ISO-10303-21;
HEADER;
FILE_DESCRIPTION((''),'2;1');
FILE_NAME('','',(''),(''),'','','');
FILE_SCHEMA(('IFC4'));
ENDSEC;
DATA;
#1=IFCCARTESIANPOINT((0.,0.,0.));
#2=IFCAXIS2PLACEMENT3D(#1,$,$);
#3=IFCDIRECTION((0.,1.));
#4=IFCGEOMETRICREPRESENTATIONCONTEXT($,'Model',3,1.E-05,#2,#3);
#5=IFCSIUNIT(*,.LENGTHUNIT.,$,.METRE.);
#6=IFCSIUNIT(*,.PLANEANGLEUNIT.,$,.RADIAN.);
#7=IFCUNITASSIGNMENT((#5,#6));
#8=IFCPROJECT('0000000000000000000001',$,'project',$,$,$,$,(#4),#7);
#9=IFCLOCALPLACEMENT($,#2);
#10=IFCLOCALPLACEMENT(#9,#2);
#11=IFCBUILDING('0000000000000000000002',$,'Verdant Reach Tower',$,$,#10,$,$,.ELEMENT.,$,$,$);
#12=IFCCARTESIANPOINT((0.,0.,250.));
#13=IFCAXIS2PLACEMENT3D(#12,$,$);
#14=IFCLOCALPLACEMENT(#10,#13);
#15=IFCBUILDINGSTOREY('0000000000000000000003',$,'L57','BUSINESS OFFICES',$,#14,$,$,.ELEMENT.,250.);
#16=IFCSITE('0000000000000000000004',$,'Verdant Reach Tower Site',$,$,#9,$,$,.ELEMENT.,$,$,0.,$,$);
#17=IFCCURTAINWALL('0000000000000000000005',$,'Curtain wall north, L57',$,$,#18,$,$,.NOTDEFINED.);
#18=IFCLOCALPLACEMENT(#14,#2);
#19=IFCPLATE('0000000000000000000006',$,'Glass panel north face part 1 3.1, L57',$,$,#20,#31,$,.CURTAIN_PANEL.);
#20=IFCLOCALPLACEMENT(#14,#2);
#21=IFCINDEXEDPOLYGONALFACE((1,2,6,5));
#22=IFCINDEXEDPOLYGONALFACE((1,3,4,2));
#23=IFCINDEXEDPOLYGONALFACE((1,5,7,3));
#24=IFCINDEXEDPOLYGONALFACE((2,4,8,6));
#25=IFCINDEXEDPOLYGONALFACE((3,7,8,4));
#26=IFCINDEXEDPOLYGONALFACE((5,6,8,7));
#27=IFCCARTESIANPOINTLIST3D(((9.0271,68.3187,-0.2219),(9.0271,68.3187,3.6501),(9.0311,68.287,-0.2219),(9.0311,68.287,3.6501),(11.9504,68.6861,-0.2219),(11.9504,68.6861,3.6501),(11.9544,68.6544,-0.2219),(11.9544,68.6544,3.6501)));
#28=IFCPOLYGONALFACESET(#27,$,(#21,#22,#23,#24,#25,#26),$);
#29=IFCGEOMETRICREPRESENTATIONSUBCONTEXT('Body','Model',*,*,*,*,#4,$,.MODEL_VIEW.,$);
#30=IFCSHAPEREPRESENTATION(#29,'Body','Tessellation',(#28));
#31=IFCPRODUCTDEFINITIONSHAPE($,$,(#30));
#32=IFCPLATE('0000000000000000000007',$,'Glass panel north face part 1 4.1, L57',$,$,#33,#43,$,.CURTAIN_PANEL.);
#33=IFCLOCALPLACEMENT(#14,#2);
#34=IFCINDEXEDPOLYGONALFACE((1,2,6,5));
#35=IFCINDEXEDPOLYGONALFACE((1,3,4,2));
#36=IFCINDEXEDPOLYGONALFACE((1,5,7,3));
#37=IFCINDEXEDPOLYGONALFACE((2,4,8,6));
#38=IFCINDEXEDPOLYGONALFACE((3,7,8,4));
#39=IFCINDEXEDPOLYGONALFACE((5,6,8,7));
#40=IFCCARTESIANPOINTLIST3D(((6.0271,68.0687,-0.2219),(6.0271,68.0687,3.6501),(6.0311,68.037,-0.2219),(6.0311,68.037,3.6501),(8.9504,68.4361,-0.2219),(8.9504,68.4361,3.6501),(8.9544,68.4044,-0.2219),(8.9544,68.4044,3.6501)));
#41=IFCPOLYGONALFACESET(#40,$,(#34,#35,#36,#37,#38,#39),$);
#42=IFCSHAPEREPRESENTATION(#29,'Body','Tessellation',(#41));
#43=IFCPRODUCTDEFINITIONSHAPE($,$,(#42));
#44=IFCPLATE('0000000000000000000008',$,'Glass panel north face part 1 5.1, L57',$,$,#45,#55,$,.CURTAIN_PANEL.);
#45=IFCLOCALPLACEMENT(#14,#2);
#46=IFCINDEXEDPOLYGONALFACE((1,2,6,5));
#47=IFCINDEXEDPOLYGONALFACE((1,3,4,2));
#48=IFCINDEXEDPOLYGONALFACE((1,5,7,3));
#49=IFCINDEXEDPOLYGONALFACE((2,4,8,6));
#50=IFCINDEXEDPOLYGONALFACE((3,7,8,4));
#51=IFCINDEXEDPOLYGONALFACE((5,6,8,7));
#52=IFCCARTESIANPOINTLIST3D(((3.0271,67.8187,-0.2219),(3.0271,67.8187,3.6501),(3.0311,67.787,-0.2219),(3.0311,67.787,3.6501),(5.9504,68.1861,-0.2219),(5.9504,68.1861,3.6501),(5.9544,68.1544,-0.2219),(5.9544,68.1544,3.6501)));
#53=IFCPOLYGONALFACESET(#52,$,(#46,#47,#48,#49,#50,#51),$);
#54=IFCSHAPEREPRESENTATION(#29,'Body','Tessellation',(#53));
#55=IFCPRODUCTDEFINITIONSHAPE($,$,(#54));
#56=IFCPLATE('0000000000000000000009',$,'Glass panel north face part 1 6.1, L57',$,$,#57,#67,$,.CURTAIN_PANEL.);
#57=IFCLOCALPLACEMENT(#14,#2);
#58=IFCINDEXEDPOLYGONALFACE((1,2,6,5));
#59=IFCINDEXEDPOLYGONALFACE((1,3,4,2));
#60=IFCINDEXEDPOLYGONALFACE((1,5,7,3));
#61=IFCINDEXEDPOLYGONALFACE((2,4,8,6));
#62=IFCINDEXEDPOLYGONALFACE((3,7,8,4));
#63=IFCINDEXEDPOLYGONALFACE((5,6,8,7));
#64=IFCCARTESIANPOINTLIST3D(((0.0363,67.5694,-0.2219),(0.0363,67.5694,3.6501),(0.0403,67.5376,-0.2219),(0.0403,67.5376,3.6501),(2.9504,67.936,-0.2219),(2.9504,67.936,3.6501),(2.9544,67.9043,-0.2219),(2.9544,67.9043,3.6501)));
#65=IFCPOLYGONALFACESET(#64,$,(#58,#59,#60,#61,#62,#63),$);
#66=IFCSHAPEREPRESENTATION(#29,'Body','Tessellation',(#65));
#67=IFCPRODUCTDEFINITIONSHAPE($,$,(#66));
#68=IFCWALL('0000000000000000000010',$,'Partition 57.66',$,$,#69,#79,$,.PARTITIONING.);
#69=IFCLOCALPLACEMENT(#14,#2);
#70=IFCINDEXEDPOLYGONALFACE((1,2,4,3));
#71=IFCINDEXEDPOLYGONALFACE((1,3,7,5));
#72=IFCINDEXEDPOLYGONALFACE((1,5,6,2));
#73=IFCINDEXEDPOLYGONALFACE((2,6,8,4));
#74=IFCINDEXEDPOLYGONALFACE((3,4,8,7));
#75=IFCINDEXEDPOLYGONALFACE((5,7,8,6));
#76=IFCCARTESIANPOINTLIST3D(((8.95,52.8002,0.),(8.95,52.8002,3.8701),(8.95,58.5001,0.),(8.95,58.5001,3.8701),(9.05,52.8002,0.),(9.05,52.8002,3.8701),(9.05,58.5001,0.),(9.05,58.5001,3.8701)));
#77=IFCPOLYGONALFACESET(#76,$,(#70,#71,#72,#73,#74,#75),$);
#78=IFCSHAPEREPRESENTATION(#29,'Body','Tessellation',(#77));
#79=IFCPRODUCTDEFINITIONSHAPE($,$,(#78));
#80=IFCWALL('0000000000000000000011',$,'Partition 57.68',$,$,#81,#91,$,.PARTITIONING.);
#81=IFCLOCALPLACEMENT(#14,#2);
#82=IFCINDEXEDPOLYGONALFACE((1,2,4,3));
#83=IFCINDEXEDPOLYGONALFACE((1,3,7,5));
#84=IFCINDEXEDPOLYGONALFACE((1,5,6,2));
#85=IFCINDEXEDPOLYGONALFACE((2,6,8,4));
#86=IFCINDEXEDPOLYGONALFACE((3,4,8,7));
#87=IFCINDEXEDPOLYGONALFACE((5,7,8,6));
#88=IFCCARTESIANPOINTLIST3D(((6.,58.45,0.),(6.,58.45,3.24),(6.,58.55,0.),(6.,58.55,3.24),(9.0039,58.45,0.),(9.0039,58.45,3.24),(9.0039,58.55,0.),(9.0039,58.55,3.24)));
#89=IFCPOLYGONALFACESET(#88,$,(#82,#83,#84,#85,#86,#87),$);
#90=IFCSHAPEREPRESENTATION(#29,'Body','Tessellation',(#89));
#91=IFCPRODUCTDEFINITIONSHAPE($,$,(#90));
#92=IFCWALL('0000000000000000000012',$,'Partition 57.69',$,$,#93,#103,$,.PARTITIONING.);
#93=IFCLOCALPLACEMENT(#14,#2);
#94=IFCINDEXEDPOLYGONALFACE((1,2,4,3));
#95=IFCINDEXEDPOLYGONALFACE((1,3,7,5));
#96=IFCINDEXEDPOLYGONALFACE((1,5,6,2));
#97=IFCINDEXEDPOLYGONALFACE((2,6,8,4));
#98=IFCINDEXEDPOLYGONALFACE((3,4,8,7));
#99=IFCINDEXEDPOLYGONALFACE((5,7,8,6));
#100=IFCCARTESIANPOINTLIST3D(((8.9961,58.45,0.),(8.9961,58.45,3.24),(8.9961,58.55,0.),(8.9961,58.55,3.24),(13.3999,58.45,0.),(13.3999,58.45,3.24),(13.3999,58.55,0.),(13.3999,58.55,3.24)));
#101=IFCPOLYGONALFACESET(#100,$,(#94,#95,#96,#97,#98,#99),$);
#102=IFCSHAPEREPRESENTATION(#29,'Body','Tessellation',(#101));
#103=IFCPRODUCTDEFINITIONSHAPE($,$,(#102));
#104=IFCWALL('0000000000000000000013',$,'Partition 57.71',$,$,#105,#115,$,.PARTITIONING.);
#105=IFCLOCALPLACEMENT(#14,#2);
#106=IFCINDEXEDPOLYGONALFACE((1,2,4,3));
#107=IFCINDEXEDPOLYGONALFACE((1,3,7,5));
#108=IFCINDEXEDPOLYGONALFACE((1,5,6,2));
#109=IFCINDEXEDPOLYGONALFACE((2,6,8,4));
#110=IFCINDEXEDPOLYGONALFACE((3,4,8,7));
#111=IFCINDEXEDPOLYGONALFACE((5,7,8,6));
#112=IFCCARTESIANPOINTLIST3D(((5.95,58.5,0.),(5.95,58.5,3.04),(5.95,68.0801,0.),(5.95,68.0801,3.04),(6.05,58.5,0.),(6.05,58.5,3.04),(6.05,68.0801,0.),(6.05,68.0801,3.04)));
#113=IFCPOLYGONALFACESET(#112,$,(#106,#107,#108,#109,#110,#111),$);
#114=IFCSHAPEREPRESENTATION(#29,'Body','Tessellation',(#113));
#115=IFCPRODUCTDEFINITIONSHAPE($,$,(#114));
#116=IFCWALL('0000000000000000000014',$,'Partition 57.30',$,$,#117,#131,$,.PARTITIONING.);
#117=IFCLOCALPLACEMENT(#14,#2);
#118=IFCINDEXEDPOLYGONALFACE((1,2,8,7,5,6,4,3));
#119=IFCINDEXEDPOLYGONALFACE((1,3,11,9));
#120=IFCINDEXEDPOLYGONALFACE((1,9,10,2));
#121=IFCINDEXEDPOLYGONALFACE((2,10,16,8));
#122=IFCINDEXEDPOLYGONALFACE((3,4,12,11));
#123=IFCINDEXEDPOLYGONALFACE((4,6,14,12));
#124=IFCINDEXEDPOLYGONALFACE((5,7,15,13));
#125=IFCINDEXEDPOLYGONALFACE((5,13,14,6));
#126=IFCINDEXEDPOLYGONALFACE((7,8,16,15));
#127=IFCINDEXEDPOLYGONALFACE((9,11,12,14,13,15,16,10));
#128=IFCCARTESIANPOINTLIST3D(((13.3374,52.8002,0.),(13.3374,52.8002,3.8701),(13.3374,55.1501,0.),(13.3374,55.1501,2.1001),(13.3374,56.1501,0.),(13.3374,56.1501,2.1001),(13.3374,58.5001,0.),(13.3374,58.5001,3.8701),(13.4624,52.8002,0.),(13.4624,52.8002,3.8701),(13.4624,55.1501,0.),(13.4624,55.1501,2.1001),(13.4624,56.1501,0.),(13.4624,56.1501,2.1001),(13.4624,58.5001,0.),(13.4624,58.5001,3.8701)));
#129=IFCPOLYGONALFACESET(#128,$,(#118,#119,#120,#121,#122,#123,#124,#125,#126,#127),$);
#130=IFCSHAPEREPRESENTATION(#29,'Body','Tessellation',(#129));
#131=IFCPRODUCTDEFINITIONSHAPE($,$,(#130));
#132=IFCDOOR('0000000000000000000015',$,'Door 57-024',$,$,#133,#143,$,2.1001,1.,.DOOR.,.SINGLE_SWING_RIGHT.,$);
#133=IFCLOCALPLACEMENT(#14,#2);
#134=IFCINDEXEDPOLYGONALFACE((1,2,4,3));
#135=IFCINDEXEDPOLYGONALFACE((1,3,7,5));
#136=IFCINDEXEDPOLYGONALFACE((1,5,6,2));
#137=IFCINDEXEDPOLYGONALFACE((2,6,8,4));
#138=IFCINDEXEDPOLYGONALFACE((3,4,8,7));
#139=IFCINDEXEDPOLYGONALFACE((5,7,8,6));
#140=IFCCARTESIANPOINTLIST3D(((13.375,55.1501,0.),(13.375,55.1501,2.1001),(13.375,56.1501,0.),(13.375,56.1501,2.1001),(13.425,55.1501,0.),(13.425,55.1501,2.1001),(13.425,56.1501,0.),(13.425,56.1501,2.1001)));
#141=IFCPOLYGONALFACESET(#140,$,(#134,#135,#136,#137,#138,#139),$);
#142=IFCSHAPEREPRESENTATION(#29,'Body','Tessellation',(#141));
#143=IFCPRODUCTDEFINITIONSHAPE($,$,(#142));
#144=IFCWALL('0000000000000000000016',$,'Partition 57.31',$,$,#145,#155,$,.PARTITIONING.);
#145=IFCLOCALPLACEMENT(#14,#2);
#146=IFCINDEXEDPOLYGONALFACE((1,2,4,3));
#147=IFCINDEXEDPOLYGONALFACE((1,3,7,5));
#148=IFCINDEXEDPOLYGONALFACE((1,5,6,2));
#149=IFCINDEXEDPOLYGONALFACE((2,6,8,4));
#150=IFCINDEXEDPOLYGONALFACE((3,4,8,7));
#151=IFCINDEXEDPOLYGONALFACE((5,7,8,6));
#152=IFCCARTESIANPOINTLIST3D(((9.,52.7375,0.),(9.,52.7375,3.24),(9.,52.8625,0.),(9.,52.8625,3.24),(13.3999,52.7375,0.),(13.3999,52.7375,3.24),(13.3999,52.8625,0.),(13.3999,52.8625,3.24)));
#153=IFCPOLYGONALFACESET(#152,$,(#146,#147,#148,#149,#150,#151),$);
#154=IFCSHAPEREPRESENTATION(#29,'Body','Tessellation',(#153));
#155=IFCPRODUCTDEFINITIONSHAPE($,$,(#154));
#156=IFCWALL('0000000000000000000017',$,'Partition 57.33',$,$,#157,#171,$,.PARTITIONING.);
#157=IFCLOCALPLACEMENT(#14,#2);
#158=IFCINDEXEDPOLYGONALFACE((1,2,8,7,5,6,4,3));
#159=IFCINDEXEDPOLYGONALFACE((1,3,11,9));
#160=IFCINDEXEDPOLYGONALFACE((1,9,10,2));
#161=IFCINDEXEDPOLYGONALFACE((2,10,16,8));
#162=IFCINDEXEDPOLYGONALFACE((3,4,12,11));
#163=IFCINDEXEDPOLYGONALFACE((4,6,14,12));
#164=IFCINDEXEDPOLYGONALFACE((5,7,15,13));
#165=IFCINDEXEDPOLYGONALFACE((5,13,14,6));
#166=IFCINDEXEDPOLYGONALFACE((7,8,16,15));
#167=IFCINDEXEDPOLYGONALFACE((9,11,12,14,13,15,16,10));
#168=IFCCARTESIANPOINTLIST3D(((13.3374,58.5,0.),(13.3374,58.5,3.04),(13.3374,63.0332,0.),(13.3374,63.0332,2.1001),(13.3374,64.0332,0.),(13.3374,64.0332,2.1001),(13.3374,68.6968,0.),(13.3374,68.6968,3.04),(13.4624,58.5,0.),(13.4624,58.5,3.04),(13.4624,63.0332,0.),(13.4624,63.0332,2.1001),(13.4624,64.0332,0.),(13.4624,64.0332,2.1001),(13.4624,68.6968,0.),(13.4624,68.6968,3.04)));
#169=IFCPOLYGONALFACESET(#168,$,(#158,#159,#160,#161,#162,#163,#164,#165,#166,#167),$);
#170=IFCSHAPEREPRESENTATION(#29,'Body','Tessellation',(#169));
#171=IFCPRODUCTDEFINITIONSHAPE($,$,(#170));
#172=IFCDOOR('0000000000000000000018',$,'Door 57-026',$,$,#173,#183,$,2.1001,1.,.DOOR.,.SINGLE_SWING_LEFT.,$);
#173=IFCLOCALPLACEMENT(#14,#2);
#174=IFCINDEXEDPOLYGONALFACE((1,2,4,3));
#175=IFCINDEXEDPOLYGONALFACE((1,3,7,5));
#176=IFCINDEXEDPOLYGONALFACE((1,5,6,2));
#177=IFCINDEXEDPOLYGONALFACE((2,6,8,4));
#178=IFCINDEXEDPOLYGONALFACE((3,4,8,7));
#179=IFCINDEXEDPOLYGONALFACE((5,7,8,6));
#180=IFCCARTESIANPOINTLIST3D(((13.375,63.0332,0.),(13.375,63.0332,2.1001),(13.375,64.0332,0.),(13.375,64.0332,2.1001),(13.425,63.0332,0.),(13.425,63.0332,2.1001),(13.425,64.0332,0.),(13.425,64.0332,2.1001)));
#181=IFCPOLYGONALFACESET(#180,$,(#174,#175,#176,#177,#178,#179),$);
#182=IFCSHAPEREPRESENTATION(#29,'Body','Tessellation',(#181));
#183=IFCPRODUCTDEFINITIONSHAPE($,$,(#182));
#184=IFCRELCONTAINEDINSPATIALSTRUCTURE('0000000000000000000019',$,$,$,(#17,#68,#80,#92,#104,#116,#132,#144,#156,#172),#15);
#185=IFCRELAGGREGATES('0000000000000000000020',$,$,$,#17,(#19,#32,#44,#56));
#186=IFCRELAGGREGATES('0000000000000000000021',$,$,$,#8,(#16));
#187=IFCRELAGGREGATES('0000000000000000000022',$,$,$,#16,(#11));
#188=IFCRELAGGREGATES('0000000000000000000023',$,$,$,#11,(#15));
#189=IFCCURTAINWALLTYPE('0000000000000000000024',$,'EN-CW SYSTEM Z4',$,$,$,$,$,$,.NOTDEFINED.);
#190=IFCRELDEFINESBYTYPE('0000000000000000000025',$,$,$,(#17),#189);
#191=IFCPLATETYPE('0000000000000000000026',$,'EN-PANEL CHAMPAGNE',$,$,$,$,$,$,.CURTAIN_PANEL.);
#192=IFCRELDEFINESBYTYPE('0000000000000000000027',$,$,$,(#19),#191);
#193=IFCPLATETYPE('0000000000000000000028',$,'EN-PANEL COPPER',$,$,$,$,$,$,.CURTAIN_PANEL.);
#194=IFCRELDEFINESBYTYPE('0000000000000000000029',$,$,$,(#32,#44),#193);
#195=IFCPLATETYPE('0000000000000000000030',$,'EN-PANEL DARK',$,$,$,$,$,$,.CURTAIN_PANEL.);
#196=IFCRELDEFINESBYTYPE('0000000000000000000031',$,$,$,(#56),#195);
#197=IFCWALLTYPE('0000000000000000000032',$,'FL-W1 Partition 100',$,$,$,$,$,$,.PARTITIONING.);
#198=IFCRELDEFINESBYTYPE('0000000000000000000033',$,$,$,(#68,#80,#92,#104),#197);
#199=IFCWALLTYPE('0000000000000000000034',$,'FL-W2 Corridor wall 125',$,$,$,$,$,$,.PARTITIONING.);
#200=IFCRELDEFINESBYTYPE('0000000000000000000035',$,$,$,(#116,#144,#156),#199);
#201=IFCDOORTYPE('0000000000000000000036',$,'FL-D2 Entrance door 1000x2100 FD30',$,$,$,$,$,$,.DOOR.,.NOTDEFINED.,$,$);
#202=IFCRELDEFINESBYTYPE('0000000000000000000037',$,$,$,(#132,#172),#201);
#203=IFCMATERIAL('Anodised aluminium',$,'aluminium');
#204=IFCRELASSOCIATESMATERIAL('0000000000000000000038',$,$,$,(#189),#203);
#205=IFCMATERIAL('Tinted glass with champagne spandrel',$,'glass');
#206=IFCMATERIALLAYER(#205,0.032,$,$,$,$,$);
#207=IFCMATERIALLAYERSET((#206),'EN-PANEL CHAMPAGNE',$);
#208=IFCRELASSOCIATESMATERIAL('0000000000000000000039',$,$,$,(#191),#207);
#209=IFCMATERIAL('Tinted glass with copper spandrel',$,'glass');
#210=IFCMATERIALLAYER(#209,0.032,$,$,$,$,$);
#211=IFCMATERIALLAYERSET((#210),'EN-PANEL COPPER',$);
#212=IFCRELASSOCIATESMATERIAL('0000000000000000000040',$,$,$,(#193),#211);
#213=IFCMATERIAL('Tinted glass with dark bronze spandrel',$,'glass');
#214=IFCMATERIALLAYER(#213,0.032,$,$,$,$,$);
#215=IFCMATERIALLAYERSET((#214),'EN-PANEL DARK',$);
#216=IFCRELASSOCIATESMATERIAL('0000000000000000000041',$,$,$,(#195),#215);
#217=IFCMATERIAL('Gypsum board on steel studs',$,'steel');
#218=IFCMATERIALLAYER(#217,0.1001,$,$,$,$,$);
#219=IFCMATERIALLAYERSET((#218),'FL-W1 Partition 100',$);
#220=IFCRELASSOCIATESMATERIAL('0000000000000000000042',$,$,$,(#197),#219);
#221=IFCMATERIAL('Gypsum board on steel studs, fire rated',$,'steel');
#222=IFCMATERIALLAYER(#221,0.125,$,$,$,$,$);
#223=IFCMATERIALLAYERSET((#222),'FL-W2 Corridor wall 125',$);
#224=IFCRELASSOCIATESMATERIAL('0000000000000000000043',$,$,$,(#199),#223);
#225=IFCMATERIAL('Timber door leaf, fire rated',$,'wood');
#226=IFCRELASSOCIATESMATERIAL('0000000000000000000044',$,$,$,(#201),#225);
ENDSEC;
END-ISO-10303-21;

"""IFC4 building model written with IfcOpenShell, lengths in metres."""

from ifc_helpers import new_model, si_unit, direction, frame, frame_2d, origin, origin_2d, place, context, subcontext, project, spatial, rectangle, extrude, material, layer, layer_set, type_object, element, fill, aggregate, save


model = new_model("IFC4")

# Units and contexts
model_context = context("Model", 3, precision=1e-05, world=origin(), true_north=direction((0.0, 1.0)))
body_context = subcontext(model_context, "Body", "Model", "MODEL_VIEW")
ifc_project = project(units=[si_unit("LENGTHUNIT", "METRE"), si_unit("PLANEANGLEUNIT", "RADIAN")], contexts=[model_context])

# Site, building, storey
site_placement = place(None, origin())
site = spatial("IfcSite", under=ifc_project, at=site_placement, Name="Verdant Reach Tower Site", CompositionType="ELEMENT", RefElevation=0.0)
building_placement = place(site_placement, origin())
building = spatial("IfcBuilding", under=site, at=building_placement, Name="Verdant Reach Tower", CompositionType="ELEMENT")
storey_placement = place(building_placement, frame((0.0, 0.0, 250.0)))
storey = spatial("IfcBuildingStorey", under=building, at=storey_placement, Name="L57", Description="BUSINESS OFFICES", CompositionType="ELEMENT", Elevation=250.0)

# Curtain wall
ifc_material_1 = material(Name="Anodised aluminium", Category="aluminium")
curtain_wall_type = type_object("IfcCurtainWallType", Name="EN-CW SYSTEM Z4", PredefinedType="NOTDEFINED", material=ifc_material_1)
curtain_wall_placement = place(storey_placement, origin())
curtain_wall = element("IfcCurtainWall", 1, at=curtain_wall_placement, inside=storey, type_object=curtain_wall_type, Name="Curtain wall north, L57", PredefinedType="NOTDEFINED")

# Plates
ifc_material_2 = material(Name="Tinted glass with champagne spandrel", Category="glass")
ifc_layer_1 = layer(ifc_material_2, 0.032)
ifc_layer_set_1 = layer_set([ifc_layer_1], Name="EN-PANEL CHAMPAGNE")
plate_type_1 = type_object("IfcPlateType", Name="EN-PANEL CHAMPAGNE", PredefinedType="CURTAIN_PANEL", material=ifc_layer_set_1)
plate_1_placement = place(storey_placement, frame((10.4907, 68.4866, -0.2219), z_axis=(0.0, 0.0, 1.0), x_axis=(-0.992194, -0.124704, 0.0)))
plate_1 = element("IfcPlate", 2, at=plate_1_placement, type_object=plate_type_1, Name="Glass panel north face part 1 3.1, L57", PredefinedType="CURTAIN_PANEL", context=body_context, shape_type="SweptSolid", body=[
    extrude(rectangle(XDim=2.9463, YDim=0.032, at=origin_2d()), origin(), (0.0, 0.0, 1.0), 3.8721),
])
ifc_material_3 = material(Name="Tinted glass with copper spandrel", Category="glass")
ifc_layer_2 = layer(ifc_material_3, 0.032)
ifc_layer_set_2 = layer_set([ifc_layer_2], Name="EN-PANEL COPPER")
plate_type_2 = type_object("IfcPlateType", Name="EN-PANEL COPPER", PredefinedType="CURTAIN_PANEL", material=ifc_layer_set_2)
plate_2_placement = place(storey_placement, frame((7.4907, 68.2366, -0.2219), z_axis=(0.0, 0.0, 1.0), x_axis=(-0.992194, -0.124704, 0.0)))
plate_2 = element("IfcPlate", 3, at=plate_2_placement, type_object=plate_type_2, Name="Glass panel north face part 1 4.1, L57", PredefinedType="CURTAIN_PANEL", context=body_context, shape_type="SweptSolid", body=[
    extrude(rectangle(XDim=2.9463, YDim=0.032, at=origin_2d()), origin(), (0.0, 0.0, 1.0), 3.8721),
])
plate_3_placement = place(storey_placement, frame((4.4907, 67.9866, -0.2219), z_axis=(0.0, 0.0, 1.0), x_axis=(-0.992194, -0.124704, 0.0)))
plate_3 = element("IfcPlate", 4, at=plate_3_placement, type_object=plate_type_2, Name="Glass panel north face part 1 5.1, L57", PredefinedType="CURTAIN_PANEL", context=body_context, shape_type="SweptSolid", body=[
    extrude(rectangle(XDim=2.9463, YDim=0.032, at=origin_2d()), origin(), (0.0, 0.0, 1.0), 3.8721),
])
ifc_material_4 = material(Name="Tinted glass with dark bronze spandrel", Category="glass")
ifc_layer_3 = layer(ifc_material_4, 0.032)
ifc_layer_set_3 = layer_set([ifc_layer_3], Name="EN-PANEL DARK")
plate_type_3 = type_object("IfcPlateType", Name="EN-PANEL DARK", PredefinedType="CURTAIN_PANEL", material=ifc_layer_set_3)
plate_4_placement = place(storey_placement, frame((1.4954, 67.7368, -0.2219), z_axis=(0.0, 0.0, 1.0), x_axis=(-0.992178, -0.124832, 0.0)))
plate_4 = element("IfcPlate", 5, at=plate_4_placement, type_object=plate_type_3, Name="Glass panel north face part 1 6.1, L57", PredefinedType="CURTAIN_PANEL", context=body_context, shape_type="SweptSolid", body=[
    extrude(rectangle(XDim=2.937, YDim=0.032, at=origin_2d()), origin(), (0.0, 0.0, 1.0), 3.8721),
])
aggregate(curtain_wall, [plate_1, plate_2, plate_3, plate_4])

# Walls
ifc_material_5 = material(Name="Gypsum board on steel studs", Category="steel")
ifc_layer_4 = layer(ifc_material_5, 0.1001)
ifc_layer_set_4 = layer_set([ifc_layer_4], Name="FL-W1 Partition 100")
wall_type_1 = type_object("IfcWallType", Name="FL-W1 Partition 100", PredefinedType="PARTITIONING", material=ifc_layer_set_4)
wall_1_placement = place(storey_placement, frame((9.0, 52.8, 0.0), z_axis=(0.0, 0.0, 1.0), x_axis=(0.0, 1.0, 0.0)))
element("IfcWall", 6, at=wall_1_placement, inside=storey, type_object=wall_type_1, Name="Partition 57.66", PredefinedType="PARTITIONING", context=body_context, shape_type="SweptSolid", body=[
    extrude(rectangle(XDim=5.7, YDim=0.1001, at=frame_2d((2.8501, 0.0))), origin(), (0.0, 0.0, 1.0), 3.8701),
])
wall_2_placement = place(storey_placement, frame((9.0039, 58.5, 0.0), z_axis=(0.0, 0.0, 1.0), x_axis=(-1.0, 0.0, 0.0)))
element("IfcWall", 7, at=wall_2_placement, inside=storey, type_object=wall_type_1, Name="Partition 57.68", PredefinedType="PARTITIONING", context=body_context, shape_type="SweptSolid", body=[
    extrude(rectangle(XDim=3.0039, YDim=0.1001, at=frame_2d((1.502, 0.0))), origin(), (0.0, 0.0, 1.0), 3.24),
])
wall_3_placement = place(storey_placement, frame((13.3999, 58.5, 0.0), z_axis=(0.0, 0.0, 1.0), x_axis=(-1.0, 0.0, 0.0)))
element("IfcWall", 8, at=wall_3_placement, inside=storey, type_object=wall_type_1, Name="Partition 57.69", PredefinedType="PARTITIONING", context=body_context, shape_type="SweptSolid", body=[
    extrude(rectangle(XDim=4.4038, YDim=0.1001, at=frame_2d((2.2019, 0.0))), origin(), (0.0, 0.0, 1.0), 3.24),
])
wall_4_placement = place(storey_placement, frame((6.0, 58.5, 0.0), z_axis=(0.0, 0.0, 1.0), x_axis=(0.0, 1.0, 0.0)))
element("IfcWall", 9, at=wall_4_placement, inside=storey, type_object=wall_type_1, Name="Partition 57.71", PredefinedType="PARTITIONING", context=body_context, shape_type="SweptSolid", body=[
    extrude(rectangle(XDim=9.5801, YDim=0.1001, at=frame_2d((4.79, 0.0))), origin(), (0.0, 0.0, 1.0), 3.04),
])

# Wall, opening, door
ifc_material_6 = material(Name="Gypsum board on steel studs, fire rated", Category="steel")
ifc_layer_5 = layer(ifc_material_6, 0.125)
ifc_layer_set_5 = layer_set([ifc_layer_5], Name="FL-W2 Corridor wall 125")
wall_type_2 = type_object("IfcWallType", Name="FL-W2 Corridor wall 125", PredefinedType="PARTITIONING", material=ifc_layer_set_5)
wall_5_placement = place(storey_placement, frame((13.3999, 52.8, 0.0), z_axis=(0.0, 0.0, 1.0), x_axis=(0.0, 1.0, 0.0)))
wall_5 = element("IfcWall", 10, at=wall_5_placement, inside=storey, type_object=wall_type_2, Name="Partition 57.30", PredefinedType="PARTITIONING", context=body_context, shape_type="SweptSolid", body=[
    extrude(rectangle(XDim=5.7, YDim=0.125, at=frame_2d((2.8501, 0.0))), origin(), (0.0, 0.0, 1.0), 3.8701),
])
opening_1_placement = place(wall_5_placement, frame((2.3501, 0.0, 0.0)))
opening_1 = element("IfcOpeningElement", 11, at=opening_1_placement, cuts=wall_5, PredefinedType="OPENING", context=body_context, shape_type="SweptSolid", body=[
    extrude(rectangle(XDim=1.0, YDim=2.1001, at=frame_2d((0.5, 1.05))), frame((0.0, 0.0725, 0.0), z_axis=(0.0, -1.0, 0.0), x_axis=(1.0, 0.0, 0.0)), (0.0, 0.0, 1.0), 0.145),
])
ifc_material_7 = material(Name="Timber door leaf, fire rated", Category="wood")
door_type = type_object("IfcDoorType", Name="FL-D2 Entrance door 1000x2100 FD30", OperationType="NOTDEFINED", PredefinedType="DOOR", material=ifc_material_7)
door_1_placement = place(opening_1_placement, origin())
door_1 = element("IfcDoor", 12, at=door_1_placement, inside=storey, type_object=door_type, Name="Door 57-024", OperationType="SINGLE_SWING_RIGHT", OverallHeight=2.1001, OverallWidth=1.0, PredefinedType="DOOR", context=body_context, shape_type="SweptSolid", body=[
    extrude(rectangle(XDim=1.0, YDim=2.1001, at=frame_2d((0.5, 1.05))), frame((0.0, 0.0249, 0.0), z_axis=(0.0, -1.0, 0.0), x_axis=(1.0, 0.0, 0.0)), (0.0, 0.0, 1.0), 0.05),
])
fill(opening_1, door_1)

# Wall
wall_6_placement = place(storey_placement, frame((13.3999, 52.8, 0.0), z_axis=(0.0, 0.0, 1.0), x_axis=(-1.0, 0.0, 0.0)))
element("IfcWall", 13, at=wall_6_placement, inside=storey, type_object=wall_type_2, Name="Partition 57.31", PredefinedType="PARTITIONING", context=body_context, shape_type="SweptSolid", body=[
    extrude(rectangle(XDim=4.3999, YDim=0.125, at=frame_2d((2.2, 0.0))), origin(), (0.0, 0.0, 1.0), 3.24),
])

# Wall, opening, door
wall_7_placement = place(storey_placement, frame((13.3999, 58.5, 0.0), z_axis=(0.0, 0.0, 1.0), x_axis=(0.0, 1.0, 0.0)))
wall_7 = element("IfcWall", 14, at=wall_7_placement, inside=storey, type_object=wall_type_2, Name="Partition 57.33", PredefinedType="PARTITIONING", context=body_context, shape_type="SweptSolid", body=[
    extrude(rectangle(XDim=10.1968, YDim=0.125, at=frame_2d((5.0984, 0.0))), origin(), (0.0, 0.0, 1.0), 3.04),
])
opening_2_placement = place(wall_7_placement, frame((4.5332, 0.0, 0.0)))
opening_2 = element("IfcOpeningElement", 15, at=opening_2_placement, cuts=wall_7, PredefinedType="OPENING", context=body_context, shape_type="SweptSolid", body=[
    extrude(rectangle(XDim=1.0, YDim=2.1001, at=frame_2d((0.5, 1.05))), frame((0.0, 0.0725, 0.0), z_axis=(0.0, -1.0, 0.0), x_axis=(1.0, 0.0, 0.0)), (0.0, 0.0, 1.0), 0.145),
])
door_2_placement = place(opening_2_placement, origin())
door_2 = element("IfcDoor", 16, at=door_2_placement, inside=storey, type_object=door_type, Name="Door 57-026", OperationType="SINGLE_SWING_LEFT", OverallHeight=2.1001, OverallWidth=1.0, PredefinedType="DOOR", context=body_context, shape_type="SweptSolid", body=[
    extrude(rectangle(XDim=1.0, YDim=2.1001, at=frame_2d((0.5, 1.05))), frame((0.0, 0.0249, 0.0), z_axis=(0.0, -1.0, 0.0), x_axis=(1.0, 0.0, 0.0)), (0.0, 0.0, 1.0), 0.05),
])
fill(opening_2, door_2)

save(model, "model.ifc")
